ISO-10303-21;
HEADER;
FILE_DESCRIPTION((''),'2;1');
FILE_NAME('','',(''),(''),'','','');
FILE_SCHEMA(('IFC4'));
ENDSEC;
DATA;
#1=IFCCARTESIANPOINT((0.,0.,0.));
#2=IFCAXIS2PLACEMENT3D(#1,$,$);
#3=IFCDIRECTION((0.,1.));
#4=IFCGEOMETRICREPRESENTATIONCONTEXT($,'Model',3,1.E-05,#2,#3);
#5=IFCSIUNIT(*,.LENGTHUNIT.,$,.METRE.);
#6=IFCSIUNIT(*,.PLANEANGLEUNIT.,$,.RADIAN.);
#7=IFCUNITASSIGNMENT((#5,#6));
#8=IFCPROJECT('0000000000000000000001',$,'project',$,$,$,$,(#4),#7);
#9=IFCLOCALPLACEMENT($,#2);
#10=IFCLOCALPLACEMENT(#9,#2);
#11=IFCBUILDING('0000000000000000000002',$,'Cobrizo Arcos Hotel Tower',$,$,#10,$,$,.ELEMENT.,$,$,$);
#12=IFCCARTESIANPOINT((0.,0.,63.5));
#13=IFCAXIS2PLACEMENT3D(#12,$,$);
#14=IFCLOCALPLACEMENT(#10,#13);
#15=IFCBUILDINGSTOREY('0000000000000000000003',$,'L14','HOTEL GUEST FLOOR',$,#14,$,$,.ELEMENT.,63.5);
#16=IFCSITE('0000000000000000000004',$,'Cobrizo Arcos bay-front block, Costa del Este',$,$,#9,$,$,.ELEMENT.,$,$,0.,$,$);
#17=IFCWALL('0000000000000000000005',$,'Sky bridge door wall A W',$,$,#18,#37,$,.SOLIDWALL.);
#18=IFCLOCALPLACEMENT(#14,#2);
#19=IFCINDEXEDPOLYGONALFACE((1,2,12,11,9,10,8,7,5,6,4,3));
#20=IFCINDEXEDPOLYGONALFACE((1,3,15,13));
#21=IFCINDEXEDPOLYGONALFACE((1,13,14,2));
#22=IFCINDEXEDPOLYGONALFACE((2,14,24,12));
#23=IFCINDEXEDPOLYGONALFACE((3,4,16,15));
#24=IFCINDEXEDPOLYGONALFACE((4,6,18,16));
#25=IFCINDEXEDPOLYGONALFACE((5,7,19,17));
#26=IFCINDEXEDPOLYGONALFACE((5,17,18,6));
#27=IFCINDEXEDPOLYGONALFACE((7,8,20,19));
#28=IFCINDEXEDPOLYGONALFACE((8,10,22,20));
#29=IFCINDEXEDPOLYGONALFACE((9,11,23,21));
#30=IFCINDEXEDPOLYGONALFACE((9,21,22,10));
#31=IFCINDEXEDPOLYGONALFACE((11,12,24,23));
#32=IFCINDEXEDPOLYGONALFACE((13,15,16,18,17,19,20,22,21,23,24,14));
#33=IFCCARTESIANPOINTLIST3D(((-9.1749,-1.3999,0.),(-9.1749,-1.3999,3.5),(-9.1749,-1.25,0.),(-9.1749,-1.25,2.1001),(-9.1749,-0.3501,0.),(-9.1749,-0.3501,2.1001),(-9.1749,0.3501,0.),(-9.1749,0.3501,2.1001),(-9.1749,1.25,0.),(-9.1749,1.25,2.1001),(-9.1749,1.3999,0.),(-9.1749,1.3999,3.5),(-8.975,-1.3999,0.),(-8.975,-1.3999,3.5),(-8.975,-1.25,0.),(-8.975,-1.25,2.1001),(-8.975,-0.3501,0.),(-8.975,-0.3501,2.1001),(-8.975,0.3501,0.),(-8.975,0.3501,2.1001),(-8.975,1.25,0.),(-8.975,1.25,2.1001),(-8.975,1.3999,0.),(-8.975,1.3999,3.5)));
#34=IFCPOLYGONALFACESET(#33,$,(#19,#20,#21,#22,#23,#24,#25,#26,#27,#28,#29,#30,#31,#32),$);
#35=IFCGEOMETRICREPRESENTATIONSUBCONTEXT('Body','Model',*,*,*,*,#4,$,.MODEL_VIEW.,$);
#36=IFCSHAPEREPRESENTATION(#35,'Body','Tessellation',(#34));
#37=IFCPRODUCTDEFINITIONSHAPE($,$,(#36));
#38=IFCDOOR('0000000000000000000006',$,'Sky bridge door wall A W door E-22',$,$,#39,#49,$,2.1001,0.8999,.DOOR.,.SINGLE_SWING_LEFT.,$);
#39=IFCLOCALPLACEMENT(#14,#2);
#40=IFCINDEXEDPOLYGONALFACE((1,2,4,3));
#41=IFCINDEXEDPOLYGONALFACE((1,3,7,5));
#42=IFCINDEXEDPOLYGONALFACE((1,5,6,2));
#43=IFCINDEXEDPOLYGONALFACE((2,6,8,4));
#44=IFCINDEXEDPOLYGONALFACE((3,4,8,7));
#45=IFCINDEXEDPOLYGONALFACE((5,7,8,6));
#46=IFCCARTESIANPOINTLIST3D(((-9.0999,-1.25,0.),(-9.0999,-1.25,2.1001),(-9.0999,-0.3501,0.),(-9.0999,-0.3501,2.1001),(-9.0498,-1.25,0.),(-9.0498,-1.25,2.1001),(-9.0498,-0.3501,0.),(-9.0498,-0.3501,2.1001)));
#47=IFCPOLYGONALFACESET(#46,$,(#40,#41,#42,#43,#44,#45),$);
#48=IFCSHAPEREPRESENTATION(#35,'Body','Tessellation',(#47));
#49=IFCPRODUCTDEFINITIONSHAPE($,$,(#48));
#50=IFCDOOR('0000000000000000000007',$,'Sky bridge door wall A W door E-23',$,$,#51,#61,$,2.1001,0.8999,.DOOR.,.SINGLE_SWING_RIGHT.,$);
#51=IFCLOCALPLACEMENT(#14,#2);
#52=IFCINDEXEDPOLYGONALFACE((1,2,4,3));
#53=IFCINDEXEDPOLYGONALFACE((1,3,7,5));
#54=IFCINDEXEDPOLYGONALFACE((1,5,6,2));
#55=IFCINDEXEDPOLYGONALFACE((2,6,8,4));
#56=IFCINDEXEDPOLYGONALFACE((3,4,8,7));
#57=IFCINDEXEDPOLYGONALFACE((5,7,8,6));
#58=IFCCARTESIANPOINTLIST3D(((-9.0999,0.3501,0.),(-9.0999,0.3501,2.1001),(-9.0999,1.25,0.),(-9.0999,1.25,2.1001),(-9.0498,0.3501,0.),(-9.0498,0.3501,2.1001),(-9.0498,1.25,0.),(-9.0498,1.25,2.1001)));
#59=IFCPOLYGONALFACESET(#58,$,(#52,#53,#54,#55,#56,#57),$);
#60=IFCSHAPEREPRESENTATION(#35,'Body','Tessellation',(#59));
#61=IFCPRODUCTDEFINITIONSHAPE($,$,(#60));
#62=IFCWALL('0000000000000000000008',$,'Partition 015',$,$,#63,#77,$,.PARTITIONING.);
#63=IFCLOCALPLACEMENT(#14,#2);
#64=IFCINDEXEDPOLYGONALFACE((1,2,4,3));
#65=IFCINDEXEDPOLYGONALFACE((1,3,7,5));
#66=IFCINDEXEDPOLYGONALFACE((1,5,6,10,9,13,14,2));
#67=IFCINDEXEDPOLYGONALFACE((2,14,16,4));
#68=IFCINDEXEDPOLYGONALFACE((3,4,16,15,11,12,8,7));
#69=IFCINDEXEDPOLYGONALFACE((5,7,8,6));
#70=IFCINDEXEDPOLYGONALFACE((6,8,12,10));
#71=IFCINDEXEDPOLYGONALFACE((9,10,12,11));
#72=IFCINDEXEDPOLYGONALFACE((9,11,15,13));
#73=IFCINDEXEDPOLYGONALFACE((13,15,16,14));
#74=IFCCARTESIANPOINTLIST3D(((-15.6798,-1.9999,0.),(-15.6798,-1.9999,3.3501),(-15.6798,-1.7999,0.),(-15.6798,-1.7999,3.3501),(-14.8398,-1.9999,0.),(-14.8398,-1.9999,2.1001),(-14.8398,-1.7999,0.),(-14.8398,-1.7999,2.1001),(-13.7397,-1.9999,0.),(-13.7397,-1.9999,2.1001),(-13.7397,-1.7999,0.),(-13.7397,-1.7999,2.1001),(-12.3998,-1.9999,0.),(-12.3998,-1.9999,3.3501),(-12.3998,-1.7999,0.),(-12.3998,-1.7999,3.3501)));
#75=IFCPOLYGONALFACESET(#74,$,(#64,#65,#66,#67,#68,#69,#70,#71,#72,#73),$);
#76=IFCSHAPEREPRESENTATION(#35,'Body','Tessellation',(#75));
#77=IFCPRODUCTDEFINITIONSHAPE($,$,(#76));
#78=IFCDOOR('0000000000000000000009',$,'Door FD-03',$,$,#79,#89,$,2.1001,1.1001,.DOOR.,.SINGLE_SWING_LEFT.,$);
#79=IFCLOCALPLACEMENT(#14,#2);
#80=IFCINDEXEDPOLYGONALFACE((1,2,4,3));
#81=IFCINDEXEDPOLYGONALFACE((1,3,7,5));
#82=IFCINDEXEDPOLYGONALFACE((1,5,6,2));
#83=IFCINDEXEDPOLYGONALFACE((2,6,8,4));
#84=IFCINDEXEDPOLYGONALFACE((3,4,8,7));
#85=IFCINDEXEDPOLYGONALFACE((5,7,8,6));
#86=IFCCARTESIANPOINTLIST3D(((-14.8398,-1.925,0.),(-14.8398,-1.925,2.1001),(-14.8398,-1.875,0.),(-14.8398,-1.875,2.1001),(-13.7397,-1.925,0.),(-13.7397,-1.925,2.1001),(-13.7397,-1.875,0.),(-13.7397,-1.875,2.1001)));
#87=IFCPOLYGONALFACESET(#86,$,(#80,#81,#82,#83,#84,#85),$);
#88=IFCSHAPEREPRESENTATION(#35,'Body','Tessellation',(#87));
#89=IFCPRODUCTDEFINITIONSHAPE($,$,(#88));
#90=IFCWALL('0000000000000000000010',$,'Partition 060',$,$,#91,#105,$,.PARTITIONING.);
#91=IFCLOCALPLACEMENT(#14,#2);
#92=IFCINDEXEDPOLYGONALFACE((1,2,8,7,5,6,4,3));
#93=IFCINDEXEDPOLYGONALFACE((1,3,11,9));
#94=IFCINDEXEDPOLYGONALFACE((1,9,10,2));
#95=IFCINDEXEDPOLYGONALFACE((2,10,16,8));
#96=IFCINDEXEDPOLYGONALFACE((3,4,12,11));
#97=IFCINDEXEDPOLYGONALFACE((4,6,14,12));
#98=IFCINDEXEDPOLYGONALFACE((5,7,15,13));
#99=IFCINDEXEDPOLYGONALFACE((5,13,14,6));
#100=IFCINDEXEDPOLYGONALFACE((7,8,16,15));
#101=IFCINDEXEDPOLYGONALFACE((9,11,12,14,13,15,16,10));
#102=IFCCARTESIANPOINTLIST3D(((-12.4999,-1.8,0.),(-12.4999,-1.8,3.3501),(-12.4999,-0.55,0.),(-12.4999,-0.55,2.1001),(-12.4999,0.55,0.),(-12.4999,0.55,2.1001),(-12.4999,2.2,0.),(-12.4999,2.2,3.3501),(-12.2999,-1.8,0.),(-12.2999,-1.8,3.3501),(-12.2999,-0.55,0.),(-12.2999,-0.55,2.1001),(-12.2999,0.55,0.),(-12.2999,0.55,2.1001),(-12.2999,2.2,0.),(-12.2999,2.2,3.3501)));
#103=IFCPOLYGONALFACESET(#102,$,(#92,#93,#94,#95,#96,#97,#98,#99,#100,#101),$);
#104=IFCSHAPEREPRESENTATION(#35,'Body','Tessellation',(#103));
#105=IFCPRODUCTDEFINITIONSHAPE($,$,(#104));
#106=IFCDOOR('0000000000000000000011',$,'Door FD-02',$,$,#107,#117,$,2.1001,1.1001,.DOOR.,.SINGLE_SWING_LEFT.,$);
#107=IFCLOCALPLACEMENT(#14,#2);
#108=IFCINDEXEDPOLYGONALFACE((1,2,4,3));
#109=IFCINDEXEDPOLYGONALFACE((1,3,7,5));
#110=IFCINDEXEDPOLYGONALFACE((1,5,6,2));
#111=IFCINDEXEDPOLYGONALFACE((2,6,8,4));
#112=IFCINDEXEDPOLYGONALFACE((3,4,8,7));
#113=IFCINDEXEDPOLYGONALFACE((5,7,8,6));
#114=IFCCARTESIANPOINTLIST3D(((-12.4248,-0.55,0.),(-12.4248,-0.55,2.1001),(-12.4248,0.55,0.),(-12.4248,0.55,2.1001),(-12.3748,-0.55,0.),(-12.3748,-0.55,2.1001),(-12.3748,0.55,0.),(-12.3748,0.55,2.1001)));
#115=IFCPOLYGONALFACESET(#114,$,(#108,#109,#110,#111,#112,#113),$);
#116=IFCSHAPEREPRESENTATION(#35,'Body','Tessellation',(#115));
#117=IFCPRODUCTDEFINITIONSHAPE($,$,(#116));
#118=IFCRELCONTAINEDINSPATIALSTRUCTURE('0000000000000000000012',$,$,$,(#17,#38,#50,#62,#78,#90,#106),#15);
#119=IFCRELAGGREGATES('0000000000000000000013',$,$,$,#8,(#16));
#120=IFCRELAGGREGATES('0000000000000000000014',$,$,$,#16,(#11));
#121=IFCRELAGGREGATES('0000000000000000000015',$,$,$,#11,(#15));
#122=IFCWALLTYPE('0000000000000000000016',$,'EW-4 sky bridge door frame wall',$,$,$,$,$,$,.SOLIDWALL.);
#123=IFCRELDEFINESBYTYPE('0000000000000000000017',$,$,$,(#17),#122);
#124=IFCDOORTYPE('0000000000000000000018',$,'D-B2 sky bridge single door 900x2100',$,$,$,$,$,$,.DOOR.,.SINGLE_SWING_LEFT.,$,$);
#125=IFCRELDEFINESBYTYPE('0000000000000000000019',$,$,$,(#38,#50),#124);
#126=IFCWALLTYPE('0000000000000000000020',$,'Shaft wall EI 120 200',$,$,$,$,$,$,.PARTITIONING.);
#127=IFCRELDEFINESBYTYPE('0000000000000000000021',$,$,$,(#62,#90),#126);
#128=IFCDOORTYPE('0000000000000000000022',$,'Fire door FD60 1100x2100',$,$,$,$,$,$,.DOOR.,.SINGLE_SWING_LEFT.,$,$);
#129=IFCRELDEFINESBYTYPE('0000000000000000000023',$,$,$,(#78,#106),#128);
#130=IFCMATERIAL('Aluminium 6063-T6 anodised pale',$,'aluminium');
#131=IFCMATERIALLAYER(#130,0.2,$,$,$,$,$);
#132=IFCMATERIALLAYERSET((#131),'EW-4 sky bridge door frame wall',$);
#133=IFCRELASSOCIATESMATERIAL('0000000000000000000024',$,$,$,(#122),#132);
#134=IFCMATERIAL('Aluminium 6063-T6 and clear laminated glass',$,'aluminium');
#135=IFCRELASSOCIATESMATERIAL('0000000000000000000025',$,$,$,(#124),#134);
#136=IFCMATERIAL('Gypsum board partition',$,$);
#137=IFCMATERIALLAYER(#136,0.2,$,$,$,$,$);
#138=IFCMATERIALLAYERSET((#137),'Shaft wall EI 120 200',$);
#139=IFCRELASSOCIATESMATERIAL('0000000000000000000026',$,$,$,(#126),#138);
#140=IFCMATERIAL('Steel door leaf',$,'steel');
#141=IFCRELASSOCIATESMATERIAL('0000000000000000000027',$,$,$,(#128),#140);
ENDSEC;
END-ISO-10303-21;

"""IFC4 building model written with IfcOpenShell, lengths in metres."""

from ifc_helpers import new_model, si_unit, direction, frame, frame_2d, origin, place, context, subcontext, project, spatial, rectangle, extrude, material, layer, layer_set, type_object, element, fill, save


model = new_model("IFC4")

# Units and contexts
model_context = context("Model", 3, precision=1e-05, world=origin(), true_north=direction((0.0, 1.0)))
body_context = subcontext(model_context, "Body", "Model", "MODEL_VIEW")
ifc_project = project(units=[si_unit("LENGTHUNIT", "METRE"), si_unit("PLANEANGLEUNIT", "RADIAN")], contexts=[model_context])

# Site, building, storey
site_placement = place(None, origin())
site = spatial("IfcSite", under=ifc_project, at=site_placement, Name="Cobrizo Arcos bay-front block, Costa del Este", CompositionType="ELEMENT", RefElevation=0.0)
building_placement = place(site_placement, origin())
building = spatial("IfcBuilding", under=site, at=building_placement, Name="Cobrizo Arcos Hotel Tower", CompositionType="ELEMENT")
storey_placement = place(building_placement, frame((0.0, 0.0, 63.5)))
storey = spatial("IfcBuildingStorey", under=building, at=storey_placement, Name="L14", Description="HOTEL GUEST FLOOR", CompositionType="ELEMENT", Elevation=63.5)

# Shared definitions
ifc_material_1 = material(Name="Gypsum board partition")

# Wall, openings, doors
ifc_material_2 = material(Name="Aluminium 6063-T6 anodised pale", Category="aluminium")
ifc_layer_1 = layer(ifc_material_2, 0.2)
ifc_layer_set_1 = layer_set([ifc_layer_1], Name="EW-4 sky bridge door frame wall")
wall_type_1 = type_object("IfcWallType", Name="EW-4 sky bridge door frame wall", PredefinedType="SOLIDWALL", material=ifc_layer_set_1)
wall_1_placement = place(storey_placement, frame((-9.075, -1.3999, 0.0), z_axis=(0.0, 0.0, 1.0), x_axis=(0.0, 1.0, 0.0)))
wall_1 = element("IfcWall", 1, at=wall_1_placement, inside=storey, type_object=wall_type_1, Name="Sky bridge door wall A W", PredefinedType="SOLIDWALL", context=body_context, shape_type="SweptSolid", body=[
    extrude(rectangle(XDim=2.7998, YDim=0.2, at=frame_2d((1.3999, 0.0))), origin(), (0.0, 0.0, 1.0), 3.5),
])
opening_1_placement = place(wall_1_placement, frame((0.1499, 0.0, 0.0)))
opening_1 = element("IfcOpeningElement", 2, at=opening_1_placement, cuts=wall_1, PredefinedType="OPENING", context=body_context, shape_type="SweptSolid", body=[
    extrude(rectangle(XDim=0.8999, YDim=2.1001, at=frame_2d((0.45, 1.05))), frame((0.0, 0.1121, 0.0), z_axis=(0.0, -1.0, 0.0), x_axis=(1.0, 0.0, 0.0)), (0.0, 0.0, 1.0), 0.2239),
])
opening_2_placement = place(wall_1_placement, frame((1.75, 0.0, 0.0)))
opening_2 = element("IfcOpeningElement", 3, at=opening_2_placement, cuts=wall_1, PredefinedType="OPENING", context=body_context, shape_type="SweptSolid", body=[
    extrude(rectangle(XDim=0.8999, YDim=2.1001, at=frame_2d((0.45, 1.05))), frame((0.0, 0.1121, 0.0), z_axis=(0.0, -1.0, 0.0), x_axis=(1.0, 0.0, 0.0)), (0.0, 0.0, 1.0), 0.2239),
])
ifc_material_3 = material(Name="Aluminium 6063-T6 and clear laminated glass", Category="aluminium")
door_type_1 = type_object("IfcDoorType", Name="D-B2 sky bridge single door 900x2100", OperationType="SINGLE_SWING_LEFT", PredefinedType="DOOR", material=ifc_material_3)
door_1_placement = place(opening_1_placement, origin())
door_1 = element("IfcDoor", 4, at=door_1_placement, inside=storey, type_object=door_type_1, Name="Sky bridge door wall A W door E-22", OperationType="SINGLE_SWING_LEFT", OverallHeight=2.1001, OverallWidth=0.8999, PredefinedType="DOOR", context=body_context, shape_type="SweptSolid", body=[
    extrude(rectangle(XDim=0.8999, YDim=2.1001, at=frame_2d((0.45, 1.05))), frame((0.0, 0.0249, 0.0), z_axis=(0.0, -1.0, 0.0), x_axis=(1.0, 0.0, 0.0)), (0.0, 0.0, 1.0), 0.05),
])
fill(opening_1, door_1)
door_2_placement = place(opening_2_placement, origin())
door_2 = element("IfcDoor", 5, at=door_2_placement, inside=storey, type_object=door_type_1, Name="Sky bridge door wall A W door E-23", OperationType="SINGLE_SWING_RIGHT", OverallHeight=2.1001, OverallWidth=0.8999, PredefinedType="DOOR", context=body_context, shape_type="SweptSolid", body=[
    extrude(rectangle(XDim=0.8999, YDim=2.1001, at=frame_2d((0.45, 1.05))), frame((0.0, 0.0249, 0.0), z_axis=(0.0, -1.0, 0.0), x_axis=(1.0, 0.0, 0.0)), (0.0, 0.0, 1.0), 0.05),
])
fill(opening_2, door_2)

# Walls, openings, doors
ifc_layer_2 = layer(ifc_material_1, 0.2)
ifc_layer_set_2 = layer_set([ifc_layer_2], Name="Shaft wall EI 120 200")
wall_type_2 = type_object("IfcWallType", Name="Shaft wall EI 120 200", PredefinedType="PARTITIONING", material=ifc_layer_set_2)
wall_2_placement = place(storey_placement, frame((-15.6799, -1.8999, 0.0), z_axis=(0.0, 0.0, 1.0), x_axis=(1.0, 0.0, 0.0)))
wall_2 = element("IfcWall", 6, at=wall_2_placement, inside=storey, type_object=wall_type_2, Name="Partition 015", PredefinedType="PARTITIONING", context=body_context, shape_type="SweptSolid", body=[
    extrude(rectangle(XDim=3.28, YDim=0.2, at=frame_2d((1.6401, 0.0))), origin(), (0.0, 0.0, 1.0), 3.3501),
])
opening_3_placement = place(wall_2_placement, frame((0.8401, 0.0, 0.0)))
opening_3 = element("IfcOpeningElement", 7, at=opening_3_placement, cuts=wall_2, PredefinedType="OPENING", context=body_context, shape_type="SweptSolid", body=[
    extrude(rectangle(XDim=1.1001, YDim=2.1001, at=frame_2d((0.55, 1.05))), frame((0.0, 0.1121, 0.0), z_axis=(0.0, -1.0, 0.0), x_axis=(1.0, 0.0, 0.0)), (0.0, 0.0, 1.0), 0.2239),
])
ifc_material_4 = material(Name="Steel door leaf", Category="steel")
door_type_2 = type_object("IfcDoorType", Name="Fire door FD60 1100x2100", OperationType="SINGLE_SWING_LEFT", PredefinedType="DOOR", material=ifc_material_4)
door_3_placement = place(opening_3_placement, origin())
door_3 = element("IfcDoor", 8, at=door_3_placement, inside=storey, type_object=door_type_2, Name="Door FD-03", OperationType="SINGLE_SWING_LEFT", OverallHeight=2.1001, OverallWidth=1.1001, PredefinedType="DOOR", context=body_context, shape_type="SweptSolid", body=[
    extrude(rectangle(XDim=1.1001, YDim=2.1001, at=frame_2d((0.55, 1.05))), frame((0.0, 0.0249, 0.0), z_axis=(0.0, -1.0, 0.0), x_axis=(1.0, 0.0, 0.0)), (0.0, 0.0, 1.0), 0.05),
])
fill(opening_3, door_3)
wall_3_placement = place(storey_placement, frame((-12.3999, -1.8, 0.0), z_axis=(0.0, 0.0, 1.0), x_axis=(0.0, 1.0, 0.0)))
wall_3 = element("IfcWall", 9, at=wall_3_placement, inside=storey, type_object=wall_type_2, Name="Partition 060", PredefinedType="PARTITIONING", context=body_context, shape_type="SweptSolid", body=[
    extrude(rectangle(XDim=4.0, YDim=0.2, at=frame_2d((2.0, 0.0))), origin(), (0.0, 0.0, 1.0), 3.3501),
])
opening_4_placement = place(wall_3_placement, frame((1.25, 0.0, 0.0)))
opening_4 = element("IfcOpeningElement", 10, at=opening_4_placement, cuts=wall_3, PredefinedType="OPENING", context=body_context, shape_type="SweptSolid", body=[
    extrude(rectangle(XDim=1.1001, YDim=2.1001, at=frame_2d((0.55, 1.05))), frame((0.0, 0.1121, 0.0), z_axis=(0.0, -1.0, 0.0), x_axis=(1.0, 0.0, 0.0)), (0.0, 0.0, 1.0), 0.2239),
])
door_4_placement = place(opening_4_placement, origin())
door_4 = element("IfcDoor", 11, at=door_4_placement, inside=storey, type_object=door_type_2, Name="Door FD-02", OperationType="SINGLE_SWING_LEFT", OverallHeight=2.1001, OverallWidth=1.1001, PredefinedType="DOOR", context=body_context, shape_type="SweptSolid", body=[
    extrude(rectangle(XDim=1.1001, YDim=2.1001, at=frame_2d((0.55, 1.05))), frame((0.0, 0.0249, 0.0), z_axis=(0.0, -1.0, 0.0), x_axis=(1.0, 0.0, 0.0)), (0.0, 0.0, 1.0), 0.05),
])
fill(opening_4, door_4)

save(model, "model.ifc")
